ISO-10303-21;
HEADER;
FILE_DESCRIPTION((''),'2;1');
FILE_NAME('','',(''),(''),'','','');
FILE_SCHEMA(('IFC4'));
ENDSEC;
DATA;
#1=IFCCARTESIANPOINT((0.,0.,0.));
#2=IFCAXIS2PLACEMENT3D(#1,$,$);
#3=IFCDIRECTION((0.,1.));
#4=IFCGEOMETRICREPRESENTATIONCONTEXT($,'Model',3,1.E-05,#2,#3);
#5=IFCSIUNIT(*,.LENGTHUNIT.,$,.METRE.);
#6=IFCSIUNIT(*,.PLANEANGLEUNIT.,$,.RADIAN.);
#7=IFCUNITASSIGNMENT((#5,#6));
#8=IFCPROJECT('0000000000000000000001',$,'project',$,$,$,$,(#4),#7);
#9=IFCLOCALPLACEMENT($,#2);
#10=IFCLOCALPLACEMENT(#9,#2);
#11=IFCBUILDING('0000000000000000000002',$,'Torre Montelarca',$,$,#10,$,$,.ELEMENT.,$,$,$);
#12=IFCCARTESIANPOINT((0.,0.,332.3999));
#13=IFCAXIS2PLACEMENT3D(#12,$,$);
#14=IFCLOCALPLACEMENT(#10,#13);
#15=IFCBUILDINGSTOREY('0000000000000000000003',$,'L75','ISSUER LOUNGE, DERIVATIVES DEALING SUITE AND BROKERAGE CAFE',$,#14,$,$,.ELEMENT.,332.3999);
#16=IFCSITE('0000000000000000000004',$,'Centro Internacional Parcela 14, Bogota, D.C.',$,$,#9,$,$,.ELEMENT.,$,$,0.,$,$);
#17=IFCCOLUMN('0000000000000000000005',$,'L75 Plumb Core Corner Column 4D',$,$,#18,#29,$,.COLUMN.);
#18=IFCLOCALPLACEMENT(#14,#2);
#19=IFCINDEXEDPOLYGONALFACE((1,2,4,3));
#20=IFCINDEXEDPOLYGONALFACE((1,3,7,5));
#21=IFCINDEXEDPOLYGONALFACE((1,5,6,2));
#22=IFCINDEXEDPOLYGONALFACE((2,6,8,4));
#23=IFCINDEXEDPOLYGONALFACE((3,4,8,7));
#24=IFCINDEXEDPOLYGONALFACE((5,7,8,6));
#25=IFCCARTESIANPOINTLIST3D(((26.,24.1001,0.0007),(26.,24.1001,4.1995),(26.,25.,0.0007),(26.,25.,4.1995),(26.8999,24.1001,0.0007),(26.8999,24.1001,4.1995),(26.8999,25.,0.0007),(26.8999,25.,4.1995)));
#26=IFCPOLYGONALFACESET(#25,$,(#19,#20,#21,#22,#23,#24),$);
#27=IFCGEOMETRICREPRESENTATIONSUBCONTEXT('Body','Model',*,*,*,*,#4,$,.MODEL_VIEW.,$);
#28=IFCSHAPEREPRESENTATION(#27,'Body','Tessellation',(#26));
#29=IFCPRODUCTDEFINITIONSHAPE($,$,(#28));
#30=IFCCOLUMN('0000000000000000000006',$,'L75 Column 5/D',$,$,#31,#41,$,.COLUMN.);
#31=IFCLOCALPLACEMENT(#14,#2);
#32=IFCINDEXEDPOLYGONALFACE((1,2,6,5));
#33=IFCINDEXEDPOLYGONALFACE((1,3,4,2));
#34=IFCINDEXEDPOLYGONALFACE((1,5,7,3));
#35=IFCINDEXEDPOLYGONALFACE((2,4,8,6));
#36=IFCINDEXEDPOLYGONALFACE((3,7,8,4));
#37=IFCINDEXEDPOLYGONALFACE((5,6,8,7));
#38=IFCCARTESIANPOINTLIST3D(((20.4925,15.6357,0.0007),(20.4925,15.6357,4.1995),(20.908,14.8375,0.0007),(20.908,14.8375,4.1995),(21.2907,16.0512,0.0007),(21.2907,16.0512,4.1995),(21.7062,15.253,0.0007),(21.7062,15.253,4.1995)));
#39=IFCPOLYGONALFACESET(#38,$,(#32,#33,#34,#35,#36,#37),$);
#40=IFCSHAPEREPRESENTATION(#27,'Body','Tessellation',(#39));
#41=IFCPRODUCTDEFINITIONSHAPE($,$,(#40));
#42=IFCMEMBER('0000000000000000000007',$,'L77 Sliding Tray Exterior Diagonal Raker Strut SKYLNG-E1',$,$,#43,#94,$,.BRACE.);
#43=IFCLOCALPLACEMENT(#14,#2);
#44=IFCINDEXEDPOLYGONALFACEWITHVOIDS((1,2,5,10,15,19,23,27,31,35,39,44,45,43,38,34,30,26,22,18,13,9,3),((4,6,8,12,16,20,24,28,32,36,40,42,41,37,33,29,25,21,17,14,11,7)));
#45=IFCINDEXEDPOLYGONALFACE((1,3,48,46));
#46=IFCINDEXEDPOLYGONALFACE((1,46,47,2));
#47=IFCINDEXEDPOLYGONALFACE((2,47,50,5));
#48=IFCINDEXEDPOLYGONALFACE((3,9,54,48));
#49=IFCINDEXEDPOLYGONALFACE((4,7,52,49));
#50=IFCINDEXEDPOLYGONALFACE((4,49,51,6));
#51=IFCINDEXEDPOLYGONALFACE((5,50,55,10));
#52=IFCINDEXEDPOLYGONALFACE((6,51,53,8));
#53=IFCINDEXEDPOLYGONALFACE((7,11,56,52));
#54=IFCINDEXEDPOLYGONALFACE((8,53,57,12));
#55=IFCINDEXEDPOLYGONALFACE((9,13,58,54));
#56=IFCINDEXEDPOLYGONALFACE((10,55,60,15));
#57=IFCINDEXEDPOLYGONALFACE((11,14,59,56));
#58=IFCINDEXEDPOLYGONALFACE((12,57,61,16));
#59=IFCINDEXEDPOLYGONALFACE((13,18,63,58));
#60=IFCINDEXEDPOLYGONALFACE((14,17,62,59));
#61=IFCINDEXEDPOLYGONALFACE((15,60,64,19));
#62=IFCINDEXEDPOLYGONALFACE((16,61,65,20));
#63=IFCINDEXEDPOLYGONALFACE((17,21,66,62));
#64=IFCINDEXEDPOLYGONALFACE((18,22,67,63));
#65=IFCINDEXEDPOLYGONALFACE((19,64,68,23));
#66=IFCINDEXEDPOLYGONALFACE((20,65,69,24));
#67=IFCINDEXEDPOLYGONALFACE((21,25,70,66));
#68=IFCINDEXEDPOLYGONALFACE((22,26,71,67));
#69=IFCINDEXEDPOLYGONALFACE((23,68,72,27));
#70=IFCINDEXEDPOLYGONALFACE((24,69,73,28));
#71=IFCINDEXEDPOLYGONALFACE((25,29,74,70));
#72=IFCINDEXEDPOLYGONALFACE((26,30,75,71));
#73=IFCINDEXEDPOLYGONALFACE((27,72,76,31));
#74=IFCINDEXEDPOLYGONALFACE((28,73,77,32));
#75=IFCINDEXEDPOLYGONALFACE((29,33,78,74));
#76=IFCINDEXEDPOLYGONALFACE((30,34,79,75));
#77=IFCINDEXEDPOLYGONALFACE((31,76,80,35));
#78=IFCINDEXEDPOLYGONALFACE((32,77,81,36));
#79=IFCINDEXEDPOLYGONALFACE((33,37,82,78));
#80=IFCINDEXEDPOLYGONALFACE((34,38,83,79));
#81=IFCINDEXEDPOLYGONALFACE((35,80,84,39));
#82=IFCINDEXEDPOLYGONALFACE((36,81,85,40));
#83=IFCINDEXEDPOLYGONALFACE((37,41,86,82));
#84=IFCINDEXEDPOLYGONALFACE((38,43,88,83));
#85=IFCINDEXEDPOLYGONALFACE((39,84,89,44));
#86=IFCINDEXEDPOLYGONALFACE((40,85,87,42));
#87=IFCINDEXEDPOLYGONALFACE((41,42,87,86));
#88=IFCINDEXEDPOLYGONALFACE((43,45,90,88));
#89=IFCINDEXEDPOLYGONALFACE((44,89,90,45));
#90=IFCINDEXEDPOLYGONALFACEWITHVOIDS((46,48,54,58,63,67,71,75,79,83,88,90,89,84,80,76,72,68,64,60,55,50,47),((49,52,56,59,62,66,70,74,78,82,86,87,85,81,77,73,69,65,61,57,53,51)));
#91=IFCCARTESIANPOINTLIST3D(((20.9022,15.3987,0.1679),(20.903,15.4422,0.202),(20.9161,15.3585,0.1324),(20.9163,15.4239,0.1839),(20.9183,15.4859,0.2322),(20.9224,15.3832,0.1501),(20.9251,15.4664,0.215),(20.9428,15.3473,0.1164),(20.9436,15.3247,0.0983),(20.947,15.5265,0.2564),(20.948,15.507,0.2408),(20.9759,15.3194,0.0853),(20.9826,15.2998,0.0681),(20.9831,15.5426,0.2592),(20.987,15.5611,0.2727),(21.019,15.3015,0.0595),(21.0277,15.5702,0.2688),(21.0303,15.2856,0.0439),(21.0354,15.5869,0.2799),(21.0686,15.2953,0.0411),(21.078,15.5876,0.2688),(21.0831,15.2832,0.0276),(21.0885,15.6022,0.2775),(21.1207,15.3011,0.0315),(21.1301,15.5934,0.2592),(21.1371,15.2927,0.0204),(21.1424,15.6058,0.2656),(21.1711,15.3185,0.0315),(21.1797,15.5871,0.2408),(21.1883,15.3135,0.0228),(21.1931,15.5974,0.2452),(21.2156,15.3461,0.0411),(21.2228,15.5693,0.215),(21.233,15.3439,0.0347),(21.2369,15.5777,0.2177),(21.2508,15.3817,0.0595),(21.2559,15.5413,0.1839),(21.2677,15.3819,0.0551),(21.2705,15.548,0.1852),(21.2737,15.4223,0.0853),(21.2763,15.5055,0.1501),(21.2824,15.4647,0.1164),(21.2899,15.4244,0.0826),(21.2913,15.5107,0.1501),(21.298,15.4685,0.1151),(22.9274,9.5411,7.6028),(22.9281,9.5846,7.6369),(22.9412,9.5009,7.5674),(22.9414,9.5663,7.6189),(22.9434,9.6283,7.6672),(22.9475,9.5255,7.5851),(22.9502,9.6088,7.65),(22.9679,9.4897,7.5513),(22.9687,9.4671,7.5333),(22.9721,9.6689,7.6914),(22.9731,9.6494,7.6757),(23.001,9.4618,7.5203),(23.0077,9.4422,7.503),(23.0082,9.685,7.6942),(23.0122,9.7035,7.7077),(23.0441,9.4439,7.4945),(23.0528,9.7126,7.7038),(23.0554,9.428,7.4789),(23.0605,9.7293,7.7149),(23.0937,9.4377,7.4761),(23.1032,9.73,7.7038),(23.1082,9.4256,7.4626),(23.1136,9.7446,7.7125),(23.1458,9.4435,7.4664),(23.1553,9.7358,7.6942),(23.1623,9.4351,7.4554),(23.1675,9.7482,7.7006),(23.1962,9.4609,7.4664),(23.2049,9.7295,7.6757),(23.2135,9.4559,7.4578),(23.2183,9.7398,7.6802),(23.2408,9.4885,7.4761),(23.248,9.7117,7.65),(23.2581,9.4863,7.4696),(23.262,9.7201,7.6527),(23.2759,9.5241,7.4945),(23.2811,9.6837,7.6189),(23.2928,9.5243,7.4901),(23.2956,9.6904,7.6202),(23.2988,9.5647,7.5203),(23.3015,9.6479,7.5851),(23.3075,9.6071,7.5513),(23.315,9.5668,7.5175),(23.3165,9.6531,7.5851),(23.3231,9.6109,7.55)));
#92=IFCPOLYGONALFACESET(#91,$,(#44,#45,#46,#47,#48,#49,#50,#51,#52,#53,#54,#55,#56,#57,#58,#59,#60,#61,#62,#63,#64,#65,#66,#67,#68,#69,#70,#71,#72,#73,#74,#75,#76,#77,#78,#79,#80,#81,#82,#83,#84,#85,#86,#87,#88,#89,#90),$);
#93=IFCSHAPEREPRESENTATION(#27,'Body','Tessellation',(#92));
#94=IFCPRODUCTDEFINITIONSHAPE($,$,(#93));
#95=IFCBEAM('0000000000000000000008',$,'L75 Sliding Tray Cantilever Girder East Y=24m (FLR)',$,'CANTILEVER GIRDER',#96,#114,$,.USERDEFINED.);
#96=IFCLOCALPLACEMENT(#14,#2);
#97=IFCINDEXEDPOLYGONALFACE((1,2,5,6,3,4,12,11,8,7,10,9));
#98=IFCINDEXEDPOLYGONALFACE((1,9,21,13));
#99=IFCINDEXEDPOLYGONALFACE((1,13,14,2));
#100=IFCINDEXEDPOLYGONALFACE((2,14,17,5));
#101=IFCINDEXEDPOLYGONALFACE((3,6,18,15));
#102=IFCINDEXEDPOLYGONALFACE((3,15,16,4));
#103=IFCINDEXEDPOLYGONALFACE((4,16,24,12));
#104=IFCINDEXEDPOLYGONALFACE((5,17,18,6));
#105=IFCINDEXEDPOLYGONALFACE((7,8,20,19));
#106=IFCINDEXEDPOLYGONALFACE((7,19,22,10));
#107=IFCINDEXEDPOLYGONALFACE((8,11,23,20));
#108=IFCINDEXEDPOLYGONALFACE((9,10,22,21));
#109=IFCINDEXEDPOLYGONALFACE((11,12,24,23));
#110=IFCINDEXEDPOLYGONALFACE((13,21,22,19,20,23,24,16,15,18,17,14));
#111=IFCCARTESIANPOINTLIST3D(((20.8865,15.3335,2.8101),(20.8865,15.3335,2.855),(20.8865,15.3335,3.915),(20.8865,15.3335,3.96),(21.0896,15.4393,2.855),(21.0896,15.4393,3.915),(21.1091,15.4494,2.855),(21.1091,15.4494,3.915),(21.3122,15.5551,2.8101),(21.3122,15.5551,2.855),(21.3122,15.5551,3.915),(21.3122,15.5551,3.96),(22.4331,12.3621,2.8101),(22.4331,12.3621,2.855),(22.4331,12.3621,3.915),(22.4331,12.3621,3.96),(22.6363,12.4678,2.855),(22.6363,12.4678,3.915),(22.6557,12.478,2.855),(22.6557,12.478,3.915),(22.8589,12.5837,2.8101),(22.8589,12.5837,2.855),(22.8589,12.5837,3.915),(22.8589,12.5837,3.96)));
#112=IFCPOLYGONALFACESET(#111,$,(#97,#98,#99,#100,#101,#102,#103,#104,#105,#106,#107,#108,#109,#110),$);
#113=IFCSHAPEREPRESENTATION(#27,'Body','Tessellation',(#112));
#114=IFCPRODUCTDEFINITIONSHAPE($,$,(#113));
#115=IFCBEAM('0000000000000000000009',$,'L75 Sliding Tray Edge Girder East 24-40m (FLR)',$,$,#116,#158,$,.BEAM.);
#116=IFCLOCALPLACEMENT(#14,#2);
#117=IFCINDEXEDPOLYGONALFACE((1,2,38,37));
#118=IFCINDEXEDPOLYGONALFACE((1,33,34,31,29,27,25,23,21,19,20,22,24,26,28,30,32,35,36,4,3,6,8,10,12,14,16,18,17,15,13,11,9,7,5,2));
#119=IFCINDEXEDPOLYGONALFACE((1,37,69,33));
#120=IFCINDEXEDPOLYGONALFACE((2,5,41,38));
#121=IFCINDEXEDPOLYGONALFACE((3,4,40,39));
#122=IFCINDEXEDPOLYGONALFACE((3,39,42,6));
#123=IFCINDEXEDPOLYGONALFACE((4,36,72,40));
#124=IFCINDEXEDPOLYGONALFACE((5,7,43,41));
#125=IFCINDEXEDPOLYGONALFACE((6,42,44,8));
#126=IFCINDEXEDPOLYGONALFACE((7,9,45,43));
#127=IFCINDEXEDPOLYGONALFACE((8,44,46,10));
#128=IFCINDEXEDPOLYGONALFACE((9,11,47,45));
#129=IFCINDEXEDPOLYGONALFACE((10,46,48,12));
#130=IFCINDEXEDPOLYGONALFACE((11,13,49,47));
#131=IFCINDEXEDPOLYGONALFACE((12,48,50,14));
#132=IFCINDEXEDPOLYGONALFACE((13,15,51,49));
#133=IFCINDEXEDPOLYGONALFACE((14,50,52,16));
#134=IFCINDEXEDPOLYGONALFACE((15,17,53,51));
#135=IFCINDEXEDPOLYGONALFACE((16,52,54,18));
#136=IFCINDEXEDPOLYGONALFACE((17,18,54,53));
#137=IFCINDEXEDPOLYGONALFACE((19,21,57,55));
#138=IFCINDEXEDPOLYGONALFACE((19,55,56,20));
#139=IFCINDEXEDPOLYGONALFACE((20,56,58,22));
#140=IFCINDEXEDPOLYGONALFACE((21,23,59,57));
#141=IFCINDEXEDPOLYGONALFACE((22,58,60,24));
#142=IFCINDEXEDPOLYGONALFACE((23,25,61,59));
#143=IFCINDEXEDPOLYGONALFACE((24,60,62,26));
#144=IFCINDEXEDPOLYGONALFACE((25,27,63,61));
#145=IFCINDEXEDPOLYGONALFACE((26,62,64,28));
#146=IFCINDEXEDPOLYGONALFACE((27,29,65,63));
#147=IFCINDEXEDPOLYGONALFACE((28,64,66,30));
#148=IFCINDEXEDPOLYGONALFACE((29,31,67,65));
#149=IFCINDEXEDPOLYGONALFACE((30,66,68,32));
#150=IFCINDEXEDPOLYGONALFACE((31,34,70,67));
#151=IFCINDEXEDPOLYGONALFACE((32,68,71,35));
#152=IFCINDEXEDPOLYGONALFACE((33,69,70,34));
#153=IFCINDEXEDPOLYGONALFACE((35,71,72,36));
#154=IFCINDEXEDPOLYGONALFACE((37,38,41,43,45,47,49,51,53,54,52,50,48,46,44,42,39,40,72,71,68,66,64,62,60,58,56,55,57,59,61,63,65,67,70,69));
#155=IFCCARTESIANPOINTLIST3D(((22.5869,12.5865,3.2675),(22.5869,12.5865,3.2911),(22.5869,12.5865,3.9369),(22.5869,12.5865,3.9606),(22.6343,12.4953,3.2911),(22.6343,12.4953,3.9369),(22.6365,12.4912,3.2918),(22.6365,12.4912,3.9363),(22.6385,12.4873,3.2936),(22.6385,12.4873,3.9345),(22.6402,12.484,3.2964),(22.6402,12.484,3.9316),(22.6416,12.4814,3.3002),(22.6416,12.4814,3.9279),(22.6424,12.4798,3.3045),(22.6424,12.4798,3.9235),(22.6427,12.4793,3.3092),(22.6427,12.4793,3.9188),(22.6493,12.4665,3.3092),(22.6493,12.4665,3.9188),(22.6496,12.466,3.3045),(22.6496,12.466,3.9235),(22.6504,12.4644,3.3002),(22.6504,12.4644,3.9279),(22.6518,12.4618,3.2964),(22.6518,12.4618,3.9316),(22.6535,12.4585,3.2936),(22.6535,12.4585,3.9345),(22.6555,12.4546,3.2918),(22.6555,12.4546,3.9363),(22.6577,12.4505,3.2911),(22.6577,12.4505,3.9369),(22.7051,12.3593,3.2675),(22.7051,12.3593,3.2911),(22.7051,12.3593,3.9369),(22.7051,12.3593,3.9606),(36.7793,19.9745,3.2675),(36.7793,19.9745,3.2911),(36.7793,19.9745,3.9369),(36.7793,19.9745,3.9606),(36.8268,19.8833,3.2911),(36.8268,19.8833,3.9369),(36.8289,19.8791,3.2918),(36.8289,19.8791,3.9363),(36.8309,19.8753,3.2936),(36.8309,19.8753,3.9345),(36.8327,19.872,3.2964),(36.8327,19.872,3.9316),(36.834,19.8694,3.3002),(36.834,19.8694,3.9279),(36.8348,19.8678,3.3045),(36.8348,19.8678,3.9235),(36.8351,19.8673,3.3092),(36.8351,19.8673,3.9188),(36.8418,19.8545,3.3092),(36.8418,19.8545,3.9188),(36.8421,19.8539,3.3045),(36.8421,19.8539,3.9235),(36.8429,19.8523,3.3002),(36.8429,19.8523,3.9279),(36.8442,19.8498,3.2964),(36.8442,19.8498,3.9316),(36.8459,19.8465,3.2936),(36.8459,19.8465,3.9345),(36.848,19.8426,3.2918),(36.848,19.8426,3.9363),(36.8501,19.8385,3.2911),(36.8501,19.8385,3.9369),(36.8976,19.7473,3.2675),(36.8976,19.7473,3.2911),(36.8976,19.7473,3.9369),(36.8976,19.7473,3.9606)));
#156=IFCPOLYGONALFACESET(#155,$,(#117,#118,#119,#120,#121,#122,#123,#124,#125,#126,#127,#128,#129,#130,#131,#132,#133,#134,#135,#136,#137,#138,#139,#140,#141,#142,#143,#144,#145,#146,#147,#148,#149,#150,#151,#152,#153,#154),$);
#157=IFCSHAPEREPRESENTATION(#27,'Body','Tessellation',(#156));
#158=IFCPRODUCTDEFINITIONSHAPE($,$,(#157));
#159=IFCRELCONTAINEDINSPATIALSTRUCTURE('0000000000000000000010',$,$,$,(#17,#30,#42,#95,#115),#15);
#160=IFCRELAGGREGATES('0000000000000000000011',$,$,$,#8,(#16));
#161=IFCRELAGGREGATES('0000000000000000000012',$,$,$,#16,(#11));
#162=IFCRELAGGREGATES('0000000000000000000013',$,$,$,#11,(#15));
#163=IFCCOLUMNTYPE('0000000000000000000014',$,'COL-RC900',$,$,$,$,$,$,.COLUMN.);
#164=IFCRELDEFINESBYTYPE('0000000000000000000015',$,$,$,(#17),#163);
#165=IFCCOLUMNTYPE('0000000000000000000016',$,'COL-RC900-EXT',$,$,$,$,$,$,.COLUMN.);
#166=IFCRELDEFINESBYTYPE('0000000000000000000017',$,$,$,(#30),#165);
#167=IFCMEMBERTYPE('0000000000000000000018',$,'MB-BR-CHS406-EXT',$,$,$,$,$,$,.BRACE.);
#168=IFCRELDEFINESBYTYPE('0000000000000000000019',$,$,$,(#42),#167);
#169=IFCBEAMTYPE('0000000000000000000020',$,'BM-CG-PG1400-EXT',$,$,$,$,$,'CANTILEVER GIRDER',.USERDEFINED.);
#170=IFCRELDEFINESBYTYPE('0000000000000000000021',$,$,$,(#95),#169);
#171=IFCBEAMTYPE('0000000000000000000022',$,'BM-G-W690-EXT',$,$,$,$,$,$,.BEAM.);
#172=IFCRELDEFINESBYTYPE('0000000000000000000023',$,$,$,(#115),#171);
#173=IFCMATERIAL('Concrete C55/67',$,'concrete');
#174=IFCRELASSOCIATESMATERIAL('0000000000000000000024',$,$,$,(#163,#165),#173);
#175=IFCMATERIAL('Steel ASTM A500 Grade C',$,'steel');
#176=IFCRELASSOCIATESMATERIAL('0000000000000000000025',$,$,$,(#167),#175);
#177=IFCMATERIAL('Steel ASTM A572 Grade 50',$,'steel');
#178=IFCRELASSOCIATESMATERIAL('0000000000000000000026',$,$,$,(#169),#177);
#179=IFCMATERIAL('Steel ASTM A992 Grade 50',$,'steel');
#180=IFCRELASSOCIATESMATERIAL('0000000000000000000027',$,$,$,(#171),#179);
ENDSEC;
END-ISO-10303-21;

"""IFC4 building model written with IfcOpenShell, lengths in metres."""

from ifc_helpers import new_model, si_unit, direction, frame, origin, origin_2d, place, context, subcontext, project, spatial, rectangle, hollow_circle, i_section, extrude, source, transform, mapped, material, material_profile, profile_set, type_object, element, save


model = new_model("IFC4")

# Units and contexts
model_context = context("Model", 3, precision=1e-05, world=origin(), true_north=direction((0.0, 1.0)))
body_context = subcontext(model_context, "Body", "Model", "MODEL_VIEW")
ifc_project = project(units=[si_unit("LENGTHUNIT", "METRE"), si_unit("PLANEANGLEUNIT", "RADIAN")], contexts=[model_context])

# Site, building, storey
site_placement = place(None, origin())
site = spatial("IfcSite", under=ifc_project, at=site_placement, Name="Centro Internacional Parcela 14, Bogota, D.C.", CompositionType="ELEMENT", RefElevation=0.0)
building_placement = place(site_placement, origin())
building = spatial("IfcBuilding", under=site, at=building_placement, Name="Torre Montelarca", CompositionType="ELEMENT")
storey_placement = place(building_placement, frame((0.0, 0.0, 332.3999)))
storey = spatial("IfcBuildingStorey", under=building, at=storey_placement, Name="L75", Description="ISSUER LOUNGE, DERIVATIVES DEALING SUITE AND BROKERAGE CAFE", CompositionType="ELEMENT", Elevation=332.3999)

# Columns
ifc_material_1 = material(Name="Concrete C55/67", Category="concrete")
ifc_material_profile_1 = material_profile(ifc_material_1, rectangle(XDim=0.8999, YDim=0.8999, at=origin_2d()), Name="RC900X900", Category="concrete")
ifc_profile_set_1 = profile_set([ifc_material_profile_1], Name="Concrete C55/67")
column_type_1 = type_object("IfcColumnType", Name="COL-RC900", PredefinedType="COLUMN", material=ifc_profile_set_1)
shared_shape_1 = source(origin(), body_context, "Body", "SweptSolid", [
    extrude(rectangle(XDim=0.8999, YDim=0.8999, at=origin_2d()), origin(), (0.0, 0.0, 1.0), 4.1987),
])
column_1_placement = place(storey_placement, frame((26.45, 24.55, 0.0007), z_axis=(0.0, 0.0, 1.0), x_axis=(1.0, 0.0, 0.0)))
element("IfcColumn", 1, at=column_1_placement, inside=storey, type_object=column_type_1, Name="L75 Plumb Core Corner Column 4D", PredefinedType="COLUMN", context=body_context, shape_type="MappedRepresentation", body=[
    mapped(shared_shape_1, transform((0.0, 0.0, 0.0), scale=1.0)),
])
ifc_material_profile_2 = material_profile(ifc_material_1, rectangle(XDim=0.8999, YDim=0.8999, at=origin_2d()), Name="RC900X900", Category="concrete")
ifc_profile_set_2 = profile_set([ifc_material_profile_2], Name="Concrete C55/67")
column_type_2 = type_object("IfcColumnType", Name="COL-RC900-EXT", PredefinedType="COLUMN", material=ifc_profile_set_2)
shared_shape_2 = source(origin(), body_context, "Body", "SweptSolid", [
    extrude(rectangle(XDim=0.8999, YDim=0.8999, at=origin_2d()), origin(), (0.0, 0.0, 1.0), 4.1987),
])
column_2_placement = place(storey_placement, frame((21.0994, 15.4443, 0.0007), z_axis=(0.0, 0.0, 1.0), x_axis=(-0.461749, 0.887011, 0.0)))
element("IfcColumn", 2, at=column_2_placement, inside=storey, type_object=column_type_2, Name="L75 Column 5/D", PredefinedType="COLUMN", context=body_context, shape_type="MappedRepresentation", body=[
    mapped(shared_shape_2, transform((0.0, 0.0, 0.0), scale=1.0)),
])

# Member
ifc_material_2 = material(Name="Steel ASTM A500 Grade C", Category="steel")
ifc_material_profile_3 = material_profile(ifc_material_2, hollow_circle(Radius=0.2031, WallThickness=0.0159, at=origin_2d()), Name="HSS406.4X15.9", Category="steel")
ifc_profile_set_3 = profile_set([ifc_material_profile_3], Name="Steel ASTM A500 Grade C")
member_type_1 = type_object("IfcMemberType", Name="MB-BR-CHS406-EXT", PredefinedType="BRACE", material=ifc_profile_set_3)
shared_shape_3 = source(origin(), body_context, "Body", "SweptSolid", [
    extrude(hollow_circle(Radius=0.2031, WallThickness=0.0159, at=origin_2d()), origin(), (0.0, 0.0, 1.0), 9.6794),
])
member_1_placement = place(storey_placement, frame((21.0994, 15.4443, 0.1501), z_axis=(0.209219, -0.605159, 0.768121), x_axis=(0.945111, 0.326749, 0.0)))
element("IfcMember", 3, at=member_1_placement, inside=storey, type_object=member_type_1, Name="L77 Sliding Tray Exterior Diagonal Raker Strut SKYLNG-E1", PredefinedType="BRACE", context=body_context, shape_type="MappedRepresentation", body=[
    mapped(shared_shape_3, transform((0.0, 0.0, 0.0), scale=1.0)),
])

# Beams
ifc_material_3 = material(Name="Steel ASTM A572 Grade 50", Category="steel")
ifc_material_profile_4 = material_profile(ifc_material_3, i_section(OverallWidth=0.48, OverallDepth=1.1499, WebThickness=0.022, FlangeThickness=0.0449, at=origin_2d()), Name="PG1150X480X22X45", Category="steel")
ifc_profile_set_4 = profile_set([ifc_material_profile_4], Name="Steel ASTM A572 Grade 50")
beam_type_1 = type_object("IfcBeamType", Name="BM-CG-PG1400-EXT", ElementType="CANTILEVER GIRDER", PredefinedType="USERDEFINED", material=ifc_profile_set_4)
shared_shape_4 = source(origin(), body_context, "Body", "SweptSolid", [
    extrude(i_section(OverallWidth=0.48, OverallDepth=1.1499, WebThickness=0.022, FlangeThickness=0.0449, at=origin_2d()), origin(), (0.0, 0.0, 1.0), 3.3499),
])
beam_1_placement = place(storey_placement, frame((21.0994, 15.4443, 3.385), z_axis=(0.461702, -0.887035, 0.0), x_axis=(0.887035, 0.461702, 0.0)))
element("IfcBeam", 4, at=beam_1_placement, inside=storey, type_object=beam_type_1, Name="L75 Sliding Tray Cantilever Girder East Y=24m (FLR)", ObjectType="CANTILEVER GIRDER", PredefinedType="USERDEFINED", context=body_context, shape_type="MappedRepresentation", body=[
    mapped(shared_shape_4, transform((0.0, 0.0, 0.0), scale=1.0)),
])
ifc_material_4 = material(Name="Steel ASTM A992 Grade 50", Category="steel")
ifc_material_profile_5 = material_profile(ifc_material_4, i_section(OverallWidth=0.2561, OverallDepth=0.6931, WebThickness=0.0144, FlangeThickness=0.0237, FilletRadius=0.0181, at=origin_2d()), Name="W690X170", Category="steel")
ifc_profile_set_5 = profile_set([ifc_material_profile_5], Name="Steel ASTM A992 Grade 50")
beam_type_2 = type_object("IfcBeamType", Name="BM-G-W690-EXT", PredefinedType="BEAM", material=ifc_profile_set_5)
shared_shape_5 = source(origin(), body_context, "Body", "SweptSolid", [
    extrude(i_section(OverallWidth=0.2561, OverallDepth=0.6931, WebThickness=0.0144, FlangeThickness=0.0237, FilletRadius=0.0181, at=origin_2d()), origin(), (0.0, 0.0, 1.0), 16.0002),
])
beam_2_placement = place(storey_placement, frame((22.646, 12.4729, 3.614), z_axis=(0.887015, 0.461741, 0.0), x_axis=(-0.461741, 0.887015, 0.0)))
element("IfcBeam", 5, at=beam_2_placement, inside=storey, type_object=beam_type_2, Name="L75 Sliding Tray Edge Girder East 24-40m (FLR)", PredefinedType="BEAM", context=body_context, shape_type="MappedRepresentation", body=[
    mapped(shared_shape_5, transform((0.0, 0.0, 0.0), scale=1.0)),
])

save(model, "model.ifc")
